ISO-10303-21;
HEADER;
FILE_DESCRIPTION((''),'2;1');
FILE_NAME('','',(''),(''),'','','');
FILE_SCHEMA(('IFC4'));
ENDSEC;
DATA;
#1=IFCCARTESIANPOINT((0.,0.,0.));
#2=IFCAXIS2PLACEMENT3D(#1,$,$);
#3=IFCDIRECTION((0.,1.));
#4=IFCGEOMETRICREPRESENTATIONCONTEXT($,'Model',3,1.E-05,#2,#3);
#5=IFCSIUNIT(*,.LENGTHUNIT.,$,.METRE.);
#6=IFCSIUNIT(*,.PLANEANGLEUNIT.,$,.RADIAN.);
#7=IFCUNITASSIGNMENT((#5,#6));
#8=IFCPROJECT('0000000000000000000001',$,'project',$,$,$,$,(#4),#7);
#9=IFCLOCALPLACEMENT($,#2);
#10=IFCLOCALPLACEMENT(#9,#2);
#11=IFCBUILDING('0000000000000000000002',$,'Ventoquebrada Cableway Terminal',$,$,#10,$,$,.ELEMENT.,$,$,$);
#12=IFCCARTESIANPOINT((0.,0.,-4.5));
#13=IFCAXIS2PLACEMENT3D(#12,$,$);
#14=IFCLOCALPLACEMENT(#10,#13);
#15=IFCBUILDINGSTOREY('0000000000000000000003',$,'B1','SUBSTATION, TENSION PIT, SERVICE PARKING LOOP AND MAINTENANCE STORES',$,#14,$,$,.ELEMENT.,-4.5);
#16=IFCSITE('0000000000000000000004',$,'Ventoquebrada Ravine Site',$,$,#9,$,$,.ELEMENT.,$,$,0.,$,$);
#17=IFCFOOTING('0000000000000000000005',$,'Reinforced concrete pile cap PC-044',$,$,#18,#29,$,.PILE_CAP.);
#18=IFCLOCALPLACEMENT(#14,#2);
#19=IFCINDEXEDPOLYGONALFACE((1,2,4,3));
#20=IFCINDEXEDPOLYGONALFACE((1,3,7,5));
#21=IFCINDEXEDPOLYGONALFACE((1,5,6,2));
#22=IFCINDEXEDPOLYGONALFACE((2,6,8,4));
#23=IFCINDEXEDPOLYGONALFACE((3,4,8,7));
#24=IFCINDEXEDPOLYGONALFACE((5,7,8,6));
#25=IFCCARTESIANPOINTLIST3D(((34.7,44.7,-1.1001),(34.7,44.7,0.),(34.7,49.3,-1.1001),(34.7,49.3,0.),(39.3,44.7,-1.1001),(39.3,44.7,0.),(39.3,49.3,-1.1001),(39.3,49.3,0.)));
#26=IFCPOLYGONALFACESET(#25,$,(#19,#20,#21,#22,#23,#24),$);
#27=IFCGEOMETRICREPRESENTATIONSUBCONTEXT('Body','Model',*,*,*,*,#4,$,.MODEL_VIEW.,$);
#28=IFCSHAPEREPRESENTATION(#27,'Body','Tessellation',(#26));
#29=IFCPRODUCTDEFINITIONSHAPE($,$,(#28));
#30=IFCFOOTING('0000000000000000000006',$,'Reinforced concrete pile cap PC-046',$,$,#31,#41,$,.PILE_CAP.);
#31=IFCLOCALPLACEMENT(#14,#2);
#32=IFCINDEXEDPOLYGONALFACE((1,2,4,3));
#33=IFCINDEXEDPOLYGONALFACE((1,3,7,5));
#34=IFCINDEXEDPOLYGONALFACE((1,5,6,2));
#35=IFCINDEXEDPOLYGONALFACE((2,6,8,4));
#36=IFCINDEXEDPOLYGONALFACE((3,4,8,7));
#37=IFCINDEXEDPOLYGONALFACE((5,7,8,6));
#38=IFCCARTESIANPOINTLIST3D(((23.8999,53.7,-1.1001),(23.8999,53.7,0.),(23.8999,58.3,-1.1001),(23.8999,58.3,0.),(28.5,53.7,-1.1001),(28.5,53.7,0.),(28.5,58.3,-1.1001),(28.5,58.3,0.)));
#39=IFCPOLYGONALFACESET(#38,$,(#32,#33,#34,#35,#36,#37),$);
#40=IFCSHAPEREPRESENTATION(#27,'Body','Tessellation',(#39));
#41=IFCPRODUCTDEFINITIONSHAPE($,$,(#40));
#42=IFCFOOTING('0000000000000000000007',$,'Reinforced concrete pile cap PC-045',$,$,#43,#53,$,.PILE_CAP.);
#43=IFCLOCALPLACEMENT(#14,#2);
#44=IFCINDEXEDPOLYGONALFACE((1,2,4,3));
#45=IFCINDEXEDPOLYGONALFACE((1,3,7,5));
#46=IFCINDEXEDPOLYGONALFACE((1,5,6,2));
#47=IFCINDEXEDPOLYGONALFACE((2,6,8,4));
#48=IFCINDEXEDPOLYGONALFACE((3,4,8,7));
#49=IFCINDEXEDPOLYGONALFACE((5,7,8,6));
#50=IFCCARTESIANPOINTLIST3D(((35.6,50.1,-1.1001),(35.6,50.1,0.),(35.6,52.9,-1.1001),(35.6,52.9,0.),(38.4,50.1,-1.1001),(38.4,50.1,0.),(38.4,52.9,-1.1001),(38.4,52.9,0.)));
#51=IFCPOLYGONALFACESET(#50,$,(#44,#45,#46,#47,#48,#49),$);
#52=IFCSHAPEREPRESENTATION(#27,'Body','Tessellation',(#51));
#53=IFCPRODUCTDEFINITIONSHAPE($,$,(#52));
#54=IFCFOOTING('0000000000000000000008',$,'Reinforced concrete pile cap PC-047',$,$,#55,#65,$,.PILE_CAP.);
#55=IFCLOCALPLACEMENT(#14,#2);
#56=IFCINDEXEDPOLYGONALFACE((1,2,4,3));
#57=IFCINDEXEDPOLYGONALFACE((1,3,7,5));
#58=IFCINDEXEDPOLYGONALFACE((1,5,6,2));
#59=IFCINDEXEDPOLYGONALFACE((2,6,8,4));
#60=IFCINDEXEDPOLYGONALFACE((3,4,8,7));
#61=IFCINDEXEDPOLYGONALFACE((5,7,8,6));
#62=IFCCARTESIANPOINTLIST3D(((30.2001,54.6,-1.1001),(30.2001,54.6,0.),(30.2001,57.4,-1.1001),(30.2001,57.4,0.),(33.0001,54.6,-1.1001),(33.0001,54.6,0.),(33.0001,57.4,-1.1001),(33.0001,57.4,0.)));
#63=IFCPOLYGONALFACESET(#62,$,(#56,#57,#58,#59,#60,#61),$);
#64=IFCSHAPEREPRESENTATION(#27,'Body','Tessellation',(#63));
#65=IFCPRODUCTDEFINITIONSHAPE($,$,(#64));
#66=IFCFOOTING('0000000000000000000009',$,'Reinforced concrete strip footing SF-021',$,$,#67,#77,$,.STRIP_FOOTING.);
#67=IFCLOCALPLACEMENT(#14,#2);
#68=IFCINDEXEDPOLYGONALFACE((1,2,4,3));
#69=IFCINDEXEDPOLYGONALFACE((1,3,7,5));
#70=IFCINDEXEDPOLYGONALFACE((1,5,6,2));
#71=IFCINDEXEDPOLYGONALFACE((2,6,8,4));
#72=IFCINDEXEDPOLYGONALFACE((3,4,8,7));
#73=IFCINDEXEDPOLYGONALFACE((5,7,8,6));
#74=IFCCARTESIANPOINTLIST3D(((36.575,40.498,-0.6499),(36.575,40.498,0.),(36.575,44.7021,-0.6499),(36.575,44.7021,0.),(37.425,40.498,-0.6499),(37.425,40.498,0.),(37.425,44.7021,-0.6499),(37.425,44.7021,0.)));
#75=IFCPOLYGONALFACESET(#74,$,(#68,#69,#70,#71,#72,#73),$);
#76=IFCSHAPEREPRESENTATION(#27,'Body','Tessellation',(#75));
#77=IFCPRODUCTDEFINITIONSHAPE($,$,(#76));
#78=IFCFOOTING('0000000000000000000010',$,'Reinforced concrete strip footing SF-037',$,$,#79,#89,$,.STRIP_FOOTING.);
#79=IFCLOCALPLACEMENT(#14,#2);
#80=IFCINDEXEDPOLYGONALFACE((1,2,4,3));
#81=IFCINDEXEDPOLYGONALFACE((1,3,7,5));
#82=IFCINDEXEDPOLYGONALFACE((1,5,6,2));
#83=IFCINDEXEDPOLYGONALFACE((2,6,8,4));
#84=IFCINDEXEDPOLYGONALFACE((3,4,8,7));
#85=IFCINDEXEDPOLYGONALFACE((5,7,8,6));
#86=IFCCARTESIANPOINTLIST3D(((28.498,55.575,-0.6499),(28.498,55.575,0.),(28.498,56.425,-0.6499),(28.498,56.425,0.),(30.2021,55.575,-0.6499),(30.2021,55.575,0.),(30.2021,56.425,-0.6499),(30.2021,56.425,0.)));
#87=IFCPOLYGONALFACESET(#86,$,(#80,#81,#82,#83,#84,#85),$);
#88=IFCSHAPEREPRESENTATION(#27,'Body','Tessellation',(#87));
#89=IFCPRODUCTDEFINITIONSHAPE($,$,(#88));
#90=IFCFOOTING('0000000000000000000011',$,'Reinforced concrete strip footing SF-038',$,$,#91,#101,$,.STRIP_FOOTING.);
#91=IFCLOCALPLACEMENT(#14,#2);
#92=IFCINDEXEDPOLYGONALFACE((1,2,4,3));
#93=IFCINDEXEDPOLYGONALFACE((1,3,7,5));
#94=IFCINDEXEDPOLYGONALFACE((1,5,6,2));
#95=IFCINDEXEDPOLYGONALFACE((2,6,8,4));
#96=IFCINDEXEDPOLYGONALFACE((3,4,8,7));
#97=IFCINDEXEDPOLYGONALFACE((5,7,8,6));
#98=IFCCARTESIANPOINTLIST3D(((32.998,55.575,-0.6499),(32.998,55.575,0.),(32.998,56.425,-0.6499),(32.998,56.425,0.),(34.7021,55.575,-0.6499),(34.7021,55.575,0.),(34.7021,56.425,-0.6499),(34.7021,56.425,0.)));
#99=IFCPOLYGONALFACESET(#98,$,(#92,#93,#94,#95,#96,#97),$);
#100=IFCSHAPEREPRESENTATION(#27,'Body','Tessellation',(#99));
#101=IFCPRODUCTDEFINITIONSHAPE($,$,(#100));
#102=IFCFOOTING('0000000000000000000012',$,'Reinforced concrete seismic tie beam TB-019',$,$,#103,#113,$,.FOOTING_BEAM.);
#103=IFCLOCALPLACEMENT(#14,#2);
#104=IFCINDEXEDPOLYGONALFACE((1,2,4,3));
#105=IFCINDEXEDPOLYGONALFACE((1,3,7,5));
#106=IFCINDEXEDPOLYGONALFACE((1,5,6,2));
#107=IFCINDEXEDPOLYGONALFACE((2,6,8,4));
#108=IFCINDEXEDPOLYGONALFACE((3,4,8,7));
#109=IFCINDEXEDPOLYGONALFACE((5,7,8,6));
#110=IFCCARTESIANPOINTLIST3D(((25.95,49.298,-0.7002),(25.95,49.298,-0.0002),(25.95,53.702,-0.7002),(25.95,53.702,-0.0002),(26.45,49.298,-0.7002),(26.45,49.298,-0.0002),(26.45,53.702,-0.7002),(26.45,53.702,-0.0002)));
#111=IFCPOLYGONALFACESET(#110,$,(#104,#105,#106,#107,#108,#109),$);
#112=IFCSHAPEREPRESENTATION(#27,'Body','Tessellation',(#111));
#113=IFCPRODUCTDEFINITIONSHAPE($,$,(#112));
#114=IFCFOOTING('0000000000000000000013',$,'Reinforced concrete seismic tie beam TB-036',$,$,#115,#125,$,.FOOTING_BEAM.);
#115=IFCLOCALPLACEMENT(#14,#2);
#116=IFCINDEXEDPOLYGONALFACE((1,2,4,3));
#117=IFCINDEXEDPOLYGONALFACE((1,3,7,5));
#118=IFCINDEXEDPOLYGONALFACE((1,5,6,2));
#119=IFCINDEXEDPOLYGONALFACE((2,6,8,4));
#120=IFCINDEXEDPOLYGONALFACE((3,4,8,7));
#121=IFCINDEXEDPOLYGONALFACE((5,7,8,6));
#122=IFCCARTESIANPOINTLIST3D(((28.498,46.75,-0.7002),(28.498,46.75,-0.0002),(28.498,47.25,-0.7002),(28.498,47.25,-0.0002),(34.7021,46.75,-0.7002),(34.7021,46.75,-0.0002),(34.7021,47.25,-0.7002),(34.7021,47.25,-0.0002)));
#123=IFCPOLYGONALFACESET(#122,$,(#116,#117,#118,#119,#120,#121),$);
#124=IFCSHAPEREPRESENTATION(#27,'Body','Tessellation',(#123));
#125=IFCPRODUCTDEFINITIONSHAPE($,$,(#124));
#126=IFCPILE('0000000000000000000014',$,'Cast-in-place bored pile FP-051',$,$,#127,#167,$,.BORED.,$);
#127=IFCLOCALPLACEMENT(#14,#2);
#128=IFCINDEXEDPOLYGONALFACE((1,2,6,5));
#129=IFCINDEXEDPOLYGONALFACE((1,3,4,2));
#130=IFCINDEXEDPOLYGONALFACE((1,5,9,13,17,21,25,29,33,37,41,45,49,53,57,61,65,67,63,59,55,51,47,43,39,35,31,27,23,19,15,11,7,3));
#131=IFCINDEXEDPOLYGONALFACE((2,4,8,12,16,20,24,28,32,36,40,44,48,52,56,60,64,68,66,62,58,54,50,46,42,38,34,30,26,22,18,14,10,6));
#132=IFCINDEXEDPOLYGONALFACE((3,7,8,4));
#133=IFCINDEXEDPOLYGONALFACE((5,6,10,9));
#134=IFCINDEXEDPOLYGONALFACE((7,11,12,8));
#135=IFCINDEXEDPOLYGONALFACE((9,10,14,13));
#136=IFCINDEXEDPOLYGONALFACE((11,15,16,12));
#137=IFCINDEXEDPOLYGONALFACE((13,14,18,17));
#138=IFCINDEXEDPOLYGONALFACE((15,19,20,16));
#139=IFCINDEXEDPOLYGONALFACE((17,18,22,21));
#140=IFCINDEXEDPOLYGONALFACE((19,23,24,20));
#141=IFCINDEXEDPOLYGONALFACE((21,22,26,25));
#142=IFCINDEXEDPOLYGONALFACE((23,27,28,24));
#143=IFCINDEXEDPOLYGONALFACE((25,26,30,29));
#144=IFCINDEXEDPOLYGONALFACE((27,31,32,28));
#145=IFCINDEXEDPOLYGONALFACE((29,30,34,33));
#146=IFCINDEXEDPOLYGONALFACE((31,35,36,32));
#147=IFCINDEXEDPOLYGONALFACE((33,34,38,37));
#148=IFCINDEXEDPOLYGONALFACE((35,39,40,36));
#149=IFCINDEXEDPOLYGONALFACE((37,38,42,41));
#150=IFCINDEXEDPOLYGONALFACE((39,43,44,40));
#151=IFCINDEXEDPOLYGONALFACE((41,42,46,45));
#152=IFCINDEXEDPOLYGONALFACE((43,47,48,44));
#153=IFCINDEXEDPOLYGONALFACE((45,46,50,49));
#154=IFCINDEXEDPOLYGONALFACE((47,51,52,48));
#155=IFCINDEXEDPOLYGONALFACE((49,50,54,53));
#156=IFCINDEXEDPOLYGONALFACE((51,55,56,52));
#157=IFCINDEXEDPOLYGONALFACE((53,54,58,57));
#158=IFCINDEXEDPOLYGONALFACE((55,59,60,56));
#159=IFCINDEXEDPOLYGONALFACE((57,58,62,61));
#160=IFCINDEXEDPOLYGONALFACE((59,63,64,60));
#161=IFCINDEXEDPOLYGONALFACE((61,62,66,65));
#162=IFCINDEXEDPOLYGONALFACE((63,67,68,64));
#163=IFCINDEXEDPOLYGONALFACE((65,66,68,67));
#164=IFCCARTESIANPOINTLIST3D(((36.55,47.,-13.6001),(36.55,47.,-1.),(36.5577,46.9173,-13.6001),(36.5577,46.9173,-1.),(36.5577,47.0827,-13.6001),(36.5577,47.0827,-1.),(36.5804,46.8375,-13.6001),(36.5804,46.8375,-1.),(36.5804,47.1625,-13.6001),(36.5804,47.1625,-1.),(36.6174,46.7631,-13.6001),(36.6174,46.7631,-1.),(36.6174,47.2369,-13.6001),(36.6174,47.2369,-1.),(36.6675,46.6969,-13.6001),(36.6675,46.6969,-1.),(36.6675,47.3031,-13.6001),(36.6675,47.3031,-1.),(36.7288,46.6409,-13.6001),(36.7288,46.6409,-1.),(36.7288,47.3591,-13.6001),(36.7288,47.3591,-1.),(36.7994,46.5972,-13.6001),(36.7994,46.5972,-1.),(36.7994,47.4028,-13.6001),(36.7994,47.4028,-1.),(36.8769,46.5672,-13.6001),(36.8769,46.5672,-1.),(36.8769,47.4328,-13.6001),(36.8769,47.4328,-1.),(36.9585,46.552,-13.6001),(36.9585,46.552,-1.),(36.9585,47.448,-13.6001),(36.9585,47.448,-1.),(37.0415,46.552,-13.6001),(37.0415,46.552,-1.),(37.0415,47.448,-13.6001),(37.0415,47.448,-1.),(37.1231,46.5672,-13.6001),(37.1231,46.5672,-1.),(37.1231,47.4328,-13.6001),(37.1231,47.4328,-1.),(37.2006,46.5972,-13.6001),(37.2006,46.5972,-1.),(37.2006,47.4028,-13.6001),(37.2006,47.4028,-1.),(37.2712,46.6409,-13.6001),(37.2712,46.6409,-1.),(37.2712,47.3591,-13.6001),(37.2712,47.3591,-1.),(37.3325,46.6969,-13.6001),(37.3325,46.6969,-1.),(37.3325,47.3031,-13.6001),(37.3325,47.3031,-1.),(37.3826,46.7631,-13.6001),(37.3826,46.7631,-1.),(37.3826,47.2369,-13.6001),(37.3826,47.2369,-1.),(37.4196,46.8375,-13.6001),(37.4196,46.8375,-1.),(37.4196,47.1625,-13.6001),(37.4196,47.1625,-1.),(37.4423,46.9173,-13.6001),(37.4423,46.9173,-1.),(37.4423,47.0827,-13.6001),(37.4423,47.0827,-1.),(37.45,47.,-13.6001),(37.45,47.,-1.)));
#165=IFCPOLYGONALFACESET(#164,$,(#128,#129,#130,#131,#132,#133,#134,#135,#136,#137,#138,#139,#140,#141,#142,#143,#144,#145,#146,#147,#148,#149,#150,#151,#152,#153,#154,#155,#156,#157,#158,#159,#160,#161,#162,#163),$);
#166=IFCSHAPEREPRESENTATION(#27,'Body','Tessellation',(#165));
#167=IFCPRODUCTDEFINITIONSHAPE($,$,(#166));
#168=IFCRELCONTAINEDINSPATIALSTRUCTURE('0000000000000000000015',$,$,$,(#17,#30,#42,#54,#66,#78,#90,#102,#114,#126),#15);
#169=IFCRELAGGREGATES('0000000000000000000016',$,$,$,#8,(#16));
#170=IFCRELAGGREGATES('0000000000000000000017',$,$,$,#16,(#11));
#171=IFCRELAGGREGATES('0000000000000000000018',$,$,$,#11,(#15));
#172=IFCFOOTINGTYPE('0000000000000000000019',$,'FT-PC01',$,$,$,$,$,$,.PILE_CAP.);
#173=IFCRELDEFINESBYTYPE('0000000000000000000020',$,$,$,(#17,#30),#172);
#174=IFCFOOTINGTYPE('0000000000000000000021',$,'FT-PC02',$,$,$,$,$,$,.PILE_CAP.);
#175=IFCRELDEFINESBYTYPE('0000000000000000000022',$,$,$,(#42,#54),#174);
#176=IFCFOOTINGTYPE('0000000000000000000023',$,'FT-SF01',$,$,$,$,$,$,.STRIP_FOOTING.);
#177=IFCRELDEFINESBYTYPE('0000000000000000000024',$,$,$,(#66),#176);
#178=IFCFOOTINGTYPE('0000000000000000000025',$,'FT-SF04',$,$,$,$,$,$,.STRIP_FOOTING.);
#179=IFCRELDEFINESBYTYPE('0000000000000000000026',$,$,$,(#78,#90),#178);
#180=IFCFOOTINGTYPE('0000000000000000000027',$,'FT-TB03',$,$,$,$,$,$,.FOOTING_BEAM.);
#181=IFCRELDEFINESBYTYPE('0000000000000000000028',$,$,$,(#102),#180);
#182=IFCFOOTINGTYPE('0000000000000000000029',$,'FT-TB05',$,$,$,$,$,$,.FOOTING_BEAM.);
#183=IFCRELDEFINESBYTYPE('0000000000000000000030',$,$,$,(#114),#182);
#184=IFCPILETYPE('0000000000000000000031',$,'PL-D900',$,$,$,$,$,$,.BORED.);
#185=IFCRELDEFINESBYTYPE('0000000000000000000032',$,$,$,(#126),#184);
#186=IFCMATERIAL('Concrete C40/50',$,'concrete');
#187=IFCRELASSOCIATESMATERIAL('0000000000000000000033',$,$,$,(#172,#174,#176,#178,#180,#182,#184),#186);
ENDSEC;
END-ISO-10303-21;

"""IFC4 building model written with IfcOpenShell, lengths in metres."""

from ifc_helpers import new_model, si_unit, direction, frame, origin, origin_2d, place, context, subcontext, project, spatial, rectangle, circle, extrude, material, material_profile, profile_set, type_object, element, save


model = new_model("IFC4")

# Units and contexts
model_context = context("Model", 3, precision=1e-05, world=origin(), true_north=direction((0.0, 1.0)))
body_context = subcontext(model_context, "Body", "Model", "MODEL_VIEW")
ifc_project = project(units=[si_unit("LENGTHUNIT", "METRE"), si_unit("PLANEANGLEUNIT", "RADIAN")], contexts=[model_context])

# Site, building, storey
site_placement = place(None, origin())
site = spatial("IfcSite", under=ifc_project, at=site_placement, Name="Ventoquebrada Ravine Site", CompositionType="ELEMENT", RefElevation=0.0)
building_placement = place(site_placement, origin())
building = spatial("IfcBuilding", under=site, at=building_placement, Name="Ventoquebrada Cableway Terminal", CompositionType="ELEMENT")
storey_placement = place(building_placement, frame((0.0, 0.0, -4.5)))
storey = spatial("IfcBuildingStorey", under=building, at=storey_placement, Name="B1", Description="SUBSTATION, TENSION PIT, SERVICE PARKING LOOP AND MAINTENANCE STORES", CompositionType="ELEMENT", Elevation=-4.5)

# Footings
ifc_material = material(Name="Concrete C40/50", Category="concrete")
footing_type_1 = type_object("IfcFootingType", Name="FT-PC01", PredefinedType="PILE_CAP", material=ifc_material)
for number, where, z_axis, x_axis, name in (
    (1, (37.0, 47.0, -1.1001), (0.0, 0.0, 1.0), (1.0, 0.0, 0.0), "Reinforced concrete pile cap PC-044"),
    (2, (26.2, 56.0, -1.1001), (0.0, 0.0, 1.0), (1.0, 0.0, 0.0), "Reinforced concrete pile cap PC-046"),
):
    element("IfcFooting", number, at=place(storey_placement, frame(where, z_axis=z_axis, x_axis=x_axis)), inside=storey, type_object=footing_type_1, Name=name, PredefinedType="PILE_CAP", context=body_context, shape_type="SweptSolid", body=[
        extrude(rectangle(XDim=4.6001, YDim=4.6001, at=origin_2d()), origin(), (0.0, 0.0, 1.0), 1.1001),
    ])
footing_type_2 = type_object("IfcFootingType", Name="FT-PC02", PredefinedType="PILE_CAP", material=ifc_material)
for number, where, z_axis, x_axis, name in (
    (3, (37.0, 51.5, -1.1001), (0.0, 0.0, 1.0), (1.0, 0.0, 0.0), "Reinforced concrete pile cap PC-045"),
    (4, (31.6001, 56.0, -1.1001), (0.0, 0.0, 1.0), (1.0, 0.0, 0.0), "Reinforced concrete pile cap PC-047"),
):
    element("IfcFooting", number, at=place(storey_placement, frame(where, z_axis=z_axis, x_axis=x_axis)), inside=storey, type_object=footing_type_2, Name=name, PredefinedType="PILE_CAP", context=body_context, shape_type="SweptSolid", body=[
        extrude(rectangle(XDim=2.8, YDim=2.8, at=origin_2d()), origin(), (0.0, 0.0, 1.0), 1.1001),
    ])
footing_type_3 = type_object("IfcFootingType", Name="FT-SF01", PredefinedType="STRIP_FOOTING", material=ifc_material)
footing_1_placement = place(storey_placement, frame((37.0, 42.6001, -0.6499), z_axis=(0.0, 0.0, 1.0), x_axis=(0.0, 1.0, 0.0)))
element("IfcFooting", 5, at=footing_1_placement, inside=storey, type_object=footing_type_3, Name="Reinforced concrete strip footing SF-021", PredefinedType="STRIP_FOOTING", context=body_context, shape_type="SweptSolid", body=[
    extrude(rectangle(XDim=4.2041, YDim=0.8501, at=origin_2d()), origin(), (0.0, 0.0, 1.0), 0.6499),
])
footing_type_4 = type_object("IfcFootingType", Name="FT-SF04", PredefinedType="STRIP_FOOTING", material=ifc_material)
for number, where, z_axis, x_axis, name in (
    (6, (29.3501, 56.0, -0.6499), (0.0, 0.0, 1.0), (1.0, 0.0, 0.0), "Reinforced concrete strip footing SF-037"),
    (7, (33.8501, 56.0, -0.6499), (0.0, 0.0, 1.0), (1.0, 0.0, 0.0), "Reinforced concrete strip footing SF-038"),
):
    element("IfcFooting", number, at=place(storey_placement, frame(where, z_axis=z_axis, x_axis=x_axis)), inside=storey, type_object=footing_type_4, Name=name, PredefinedType="STRIP_FOOTING", context=body_context, shape_type="SweptSolid", body=[
        extrude(rectangle(XDim=1.7041, YDim=0.8501, at=origin_2d()), origin(), (0.0, 0.0, 1.0), 0.6499),
    ])
footing_type_5 = type_object("IfcFootingType", Name="FT-TB03", PredefinedType="FOOTING_BEAM", material=ifc_material)
footing_2_placement = place(storey_placement, frame((26.2, 51.5, -0.7002), z_axis=(0.0, 0.0, 1.0), x_axis=(0.0, 1.0, 0.0)))
element("IfcFooting", 8, at=footing_2_placement, inside=storey, type_object=footing_type_5, Name="Reinforced concrete seismic tie beam TB-019", PredefinedType="FOOTING_BEAM", context=body_context, shape_type="SweptSolid", body=[
    extrude(rectangle(XDim=4.4041, YDim=0.5, at=origin_2d()), origin(), (0.0, 0.0, 1.0), 0.7),
])
footing_type_6 = type_object("IfcFootingType", Name="FT-TB05", PredefinedType="FOOTING_BEAM", material=ifc_material)
footing_3_placement = place(storey_placement, frame((31.6001, 47.0, -0.7002), z_axis=(0.0, 0.0, 1.0), x_axis=(1.0, 0.0, 0.0)))
element("IfcFooting", 9, at=footing_3_placement, inside=storey, type_object=footing_type_6, Name="Reinforced concrete seismic tie beam TB-036", PredefinedType="FOOTING_BEAM", context=body_context, shape_type="SweptSolid", body=[
    extrude(rectangle(XDim=6.2041, YDim=0.5, at=origin_2d()), origin(), (0.0, 0.0, 1.0), 0.7),
])

# Pile
ifc_material_profile_1 = material_profile(ifc_material, circle(Radius=0.45, at=origin_2d()), Name="PILE-D900")
ifc_profile_set_1 = profile_set([ifc_material_profile_1], Name="Concrete C40/50")
pile_type = type_object("IfcPileType", Name="PL-D900", PredefinedType="BORED", material=ifc_profile_set_1)
pile_1_placement = place(storey_placement, frame((37.0, 47.0, -1.0), z_axis=(0.0, 0.0, -1.0), x_axis=(1.0, 0.0, 0.0)))
element("IfcPile", 10, at=pile_1_placement, inside=storey, type_object=pile_type, Name="Cast-in-place bored pile FP-051", PredefinedType="BORED", context=body_context, shape_type="SweptSolid", body=[
    extrude(circle(Radius=0.45, at=origin_2d()), origin(), (0.0, 0.0, 1.0), 12.6001),
])

save(model, "model.ifc")
